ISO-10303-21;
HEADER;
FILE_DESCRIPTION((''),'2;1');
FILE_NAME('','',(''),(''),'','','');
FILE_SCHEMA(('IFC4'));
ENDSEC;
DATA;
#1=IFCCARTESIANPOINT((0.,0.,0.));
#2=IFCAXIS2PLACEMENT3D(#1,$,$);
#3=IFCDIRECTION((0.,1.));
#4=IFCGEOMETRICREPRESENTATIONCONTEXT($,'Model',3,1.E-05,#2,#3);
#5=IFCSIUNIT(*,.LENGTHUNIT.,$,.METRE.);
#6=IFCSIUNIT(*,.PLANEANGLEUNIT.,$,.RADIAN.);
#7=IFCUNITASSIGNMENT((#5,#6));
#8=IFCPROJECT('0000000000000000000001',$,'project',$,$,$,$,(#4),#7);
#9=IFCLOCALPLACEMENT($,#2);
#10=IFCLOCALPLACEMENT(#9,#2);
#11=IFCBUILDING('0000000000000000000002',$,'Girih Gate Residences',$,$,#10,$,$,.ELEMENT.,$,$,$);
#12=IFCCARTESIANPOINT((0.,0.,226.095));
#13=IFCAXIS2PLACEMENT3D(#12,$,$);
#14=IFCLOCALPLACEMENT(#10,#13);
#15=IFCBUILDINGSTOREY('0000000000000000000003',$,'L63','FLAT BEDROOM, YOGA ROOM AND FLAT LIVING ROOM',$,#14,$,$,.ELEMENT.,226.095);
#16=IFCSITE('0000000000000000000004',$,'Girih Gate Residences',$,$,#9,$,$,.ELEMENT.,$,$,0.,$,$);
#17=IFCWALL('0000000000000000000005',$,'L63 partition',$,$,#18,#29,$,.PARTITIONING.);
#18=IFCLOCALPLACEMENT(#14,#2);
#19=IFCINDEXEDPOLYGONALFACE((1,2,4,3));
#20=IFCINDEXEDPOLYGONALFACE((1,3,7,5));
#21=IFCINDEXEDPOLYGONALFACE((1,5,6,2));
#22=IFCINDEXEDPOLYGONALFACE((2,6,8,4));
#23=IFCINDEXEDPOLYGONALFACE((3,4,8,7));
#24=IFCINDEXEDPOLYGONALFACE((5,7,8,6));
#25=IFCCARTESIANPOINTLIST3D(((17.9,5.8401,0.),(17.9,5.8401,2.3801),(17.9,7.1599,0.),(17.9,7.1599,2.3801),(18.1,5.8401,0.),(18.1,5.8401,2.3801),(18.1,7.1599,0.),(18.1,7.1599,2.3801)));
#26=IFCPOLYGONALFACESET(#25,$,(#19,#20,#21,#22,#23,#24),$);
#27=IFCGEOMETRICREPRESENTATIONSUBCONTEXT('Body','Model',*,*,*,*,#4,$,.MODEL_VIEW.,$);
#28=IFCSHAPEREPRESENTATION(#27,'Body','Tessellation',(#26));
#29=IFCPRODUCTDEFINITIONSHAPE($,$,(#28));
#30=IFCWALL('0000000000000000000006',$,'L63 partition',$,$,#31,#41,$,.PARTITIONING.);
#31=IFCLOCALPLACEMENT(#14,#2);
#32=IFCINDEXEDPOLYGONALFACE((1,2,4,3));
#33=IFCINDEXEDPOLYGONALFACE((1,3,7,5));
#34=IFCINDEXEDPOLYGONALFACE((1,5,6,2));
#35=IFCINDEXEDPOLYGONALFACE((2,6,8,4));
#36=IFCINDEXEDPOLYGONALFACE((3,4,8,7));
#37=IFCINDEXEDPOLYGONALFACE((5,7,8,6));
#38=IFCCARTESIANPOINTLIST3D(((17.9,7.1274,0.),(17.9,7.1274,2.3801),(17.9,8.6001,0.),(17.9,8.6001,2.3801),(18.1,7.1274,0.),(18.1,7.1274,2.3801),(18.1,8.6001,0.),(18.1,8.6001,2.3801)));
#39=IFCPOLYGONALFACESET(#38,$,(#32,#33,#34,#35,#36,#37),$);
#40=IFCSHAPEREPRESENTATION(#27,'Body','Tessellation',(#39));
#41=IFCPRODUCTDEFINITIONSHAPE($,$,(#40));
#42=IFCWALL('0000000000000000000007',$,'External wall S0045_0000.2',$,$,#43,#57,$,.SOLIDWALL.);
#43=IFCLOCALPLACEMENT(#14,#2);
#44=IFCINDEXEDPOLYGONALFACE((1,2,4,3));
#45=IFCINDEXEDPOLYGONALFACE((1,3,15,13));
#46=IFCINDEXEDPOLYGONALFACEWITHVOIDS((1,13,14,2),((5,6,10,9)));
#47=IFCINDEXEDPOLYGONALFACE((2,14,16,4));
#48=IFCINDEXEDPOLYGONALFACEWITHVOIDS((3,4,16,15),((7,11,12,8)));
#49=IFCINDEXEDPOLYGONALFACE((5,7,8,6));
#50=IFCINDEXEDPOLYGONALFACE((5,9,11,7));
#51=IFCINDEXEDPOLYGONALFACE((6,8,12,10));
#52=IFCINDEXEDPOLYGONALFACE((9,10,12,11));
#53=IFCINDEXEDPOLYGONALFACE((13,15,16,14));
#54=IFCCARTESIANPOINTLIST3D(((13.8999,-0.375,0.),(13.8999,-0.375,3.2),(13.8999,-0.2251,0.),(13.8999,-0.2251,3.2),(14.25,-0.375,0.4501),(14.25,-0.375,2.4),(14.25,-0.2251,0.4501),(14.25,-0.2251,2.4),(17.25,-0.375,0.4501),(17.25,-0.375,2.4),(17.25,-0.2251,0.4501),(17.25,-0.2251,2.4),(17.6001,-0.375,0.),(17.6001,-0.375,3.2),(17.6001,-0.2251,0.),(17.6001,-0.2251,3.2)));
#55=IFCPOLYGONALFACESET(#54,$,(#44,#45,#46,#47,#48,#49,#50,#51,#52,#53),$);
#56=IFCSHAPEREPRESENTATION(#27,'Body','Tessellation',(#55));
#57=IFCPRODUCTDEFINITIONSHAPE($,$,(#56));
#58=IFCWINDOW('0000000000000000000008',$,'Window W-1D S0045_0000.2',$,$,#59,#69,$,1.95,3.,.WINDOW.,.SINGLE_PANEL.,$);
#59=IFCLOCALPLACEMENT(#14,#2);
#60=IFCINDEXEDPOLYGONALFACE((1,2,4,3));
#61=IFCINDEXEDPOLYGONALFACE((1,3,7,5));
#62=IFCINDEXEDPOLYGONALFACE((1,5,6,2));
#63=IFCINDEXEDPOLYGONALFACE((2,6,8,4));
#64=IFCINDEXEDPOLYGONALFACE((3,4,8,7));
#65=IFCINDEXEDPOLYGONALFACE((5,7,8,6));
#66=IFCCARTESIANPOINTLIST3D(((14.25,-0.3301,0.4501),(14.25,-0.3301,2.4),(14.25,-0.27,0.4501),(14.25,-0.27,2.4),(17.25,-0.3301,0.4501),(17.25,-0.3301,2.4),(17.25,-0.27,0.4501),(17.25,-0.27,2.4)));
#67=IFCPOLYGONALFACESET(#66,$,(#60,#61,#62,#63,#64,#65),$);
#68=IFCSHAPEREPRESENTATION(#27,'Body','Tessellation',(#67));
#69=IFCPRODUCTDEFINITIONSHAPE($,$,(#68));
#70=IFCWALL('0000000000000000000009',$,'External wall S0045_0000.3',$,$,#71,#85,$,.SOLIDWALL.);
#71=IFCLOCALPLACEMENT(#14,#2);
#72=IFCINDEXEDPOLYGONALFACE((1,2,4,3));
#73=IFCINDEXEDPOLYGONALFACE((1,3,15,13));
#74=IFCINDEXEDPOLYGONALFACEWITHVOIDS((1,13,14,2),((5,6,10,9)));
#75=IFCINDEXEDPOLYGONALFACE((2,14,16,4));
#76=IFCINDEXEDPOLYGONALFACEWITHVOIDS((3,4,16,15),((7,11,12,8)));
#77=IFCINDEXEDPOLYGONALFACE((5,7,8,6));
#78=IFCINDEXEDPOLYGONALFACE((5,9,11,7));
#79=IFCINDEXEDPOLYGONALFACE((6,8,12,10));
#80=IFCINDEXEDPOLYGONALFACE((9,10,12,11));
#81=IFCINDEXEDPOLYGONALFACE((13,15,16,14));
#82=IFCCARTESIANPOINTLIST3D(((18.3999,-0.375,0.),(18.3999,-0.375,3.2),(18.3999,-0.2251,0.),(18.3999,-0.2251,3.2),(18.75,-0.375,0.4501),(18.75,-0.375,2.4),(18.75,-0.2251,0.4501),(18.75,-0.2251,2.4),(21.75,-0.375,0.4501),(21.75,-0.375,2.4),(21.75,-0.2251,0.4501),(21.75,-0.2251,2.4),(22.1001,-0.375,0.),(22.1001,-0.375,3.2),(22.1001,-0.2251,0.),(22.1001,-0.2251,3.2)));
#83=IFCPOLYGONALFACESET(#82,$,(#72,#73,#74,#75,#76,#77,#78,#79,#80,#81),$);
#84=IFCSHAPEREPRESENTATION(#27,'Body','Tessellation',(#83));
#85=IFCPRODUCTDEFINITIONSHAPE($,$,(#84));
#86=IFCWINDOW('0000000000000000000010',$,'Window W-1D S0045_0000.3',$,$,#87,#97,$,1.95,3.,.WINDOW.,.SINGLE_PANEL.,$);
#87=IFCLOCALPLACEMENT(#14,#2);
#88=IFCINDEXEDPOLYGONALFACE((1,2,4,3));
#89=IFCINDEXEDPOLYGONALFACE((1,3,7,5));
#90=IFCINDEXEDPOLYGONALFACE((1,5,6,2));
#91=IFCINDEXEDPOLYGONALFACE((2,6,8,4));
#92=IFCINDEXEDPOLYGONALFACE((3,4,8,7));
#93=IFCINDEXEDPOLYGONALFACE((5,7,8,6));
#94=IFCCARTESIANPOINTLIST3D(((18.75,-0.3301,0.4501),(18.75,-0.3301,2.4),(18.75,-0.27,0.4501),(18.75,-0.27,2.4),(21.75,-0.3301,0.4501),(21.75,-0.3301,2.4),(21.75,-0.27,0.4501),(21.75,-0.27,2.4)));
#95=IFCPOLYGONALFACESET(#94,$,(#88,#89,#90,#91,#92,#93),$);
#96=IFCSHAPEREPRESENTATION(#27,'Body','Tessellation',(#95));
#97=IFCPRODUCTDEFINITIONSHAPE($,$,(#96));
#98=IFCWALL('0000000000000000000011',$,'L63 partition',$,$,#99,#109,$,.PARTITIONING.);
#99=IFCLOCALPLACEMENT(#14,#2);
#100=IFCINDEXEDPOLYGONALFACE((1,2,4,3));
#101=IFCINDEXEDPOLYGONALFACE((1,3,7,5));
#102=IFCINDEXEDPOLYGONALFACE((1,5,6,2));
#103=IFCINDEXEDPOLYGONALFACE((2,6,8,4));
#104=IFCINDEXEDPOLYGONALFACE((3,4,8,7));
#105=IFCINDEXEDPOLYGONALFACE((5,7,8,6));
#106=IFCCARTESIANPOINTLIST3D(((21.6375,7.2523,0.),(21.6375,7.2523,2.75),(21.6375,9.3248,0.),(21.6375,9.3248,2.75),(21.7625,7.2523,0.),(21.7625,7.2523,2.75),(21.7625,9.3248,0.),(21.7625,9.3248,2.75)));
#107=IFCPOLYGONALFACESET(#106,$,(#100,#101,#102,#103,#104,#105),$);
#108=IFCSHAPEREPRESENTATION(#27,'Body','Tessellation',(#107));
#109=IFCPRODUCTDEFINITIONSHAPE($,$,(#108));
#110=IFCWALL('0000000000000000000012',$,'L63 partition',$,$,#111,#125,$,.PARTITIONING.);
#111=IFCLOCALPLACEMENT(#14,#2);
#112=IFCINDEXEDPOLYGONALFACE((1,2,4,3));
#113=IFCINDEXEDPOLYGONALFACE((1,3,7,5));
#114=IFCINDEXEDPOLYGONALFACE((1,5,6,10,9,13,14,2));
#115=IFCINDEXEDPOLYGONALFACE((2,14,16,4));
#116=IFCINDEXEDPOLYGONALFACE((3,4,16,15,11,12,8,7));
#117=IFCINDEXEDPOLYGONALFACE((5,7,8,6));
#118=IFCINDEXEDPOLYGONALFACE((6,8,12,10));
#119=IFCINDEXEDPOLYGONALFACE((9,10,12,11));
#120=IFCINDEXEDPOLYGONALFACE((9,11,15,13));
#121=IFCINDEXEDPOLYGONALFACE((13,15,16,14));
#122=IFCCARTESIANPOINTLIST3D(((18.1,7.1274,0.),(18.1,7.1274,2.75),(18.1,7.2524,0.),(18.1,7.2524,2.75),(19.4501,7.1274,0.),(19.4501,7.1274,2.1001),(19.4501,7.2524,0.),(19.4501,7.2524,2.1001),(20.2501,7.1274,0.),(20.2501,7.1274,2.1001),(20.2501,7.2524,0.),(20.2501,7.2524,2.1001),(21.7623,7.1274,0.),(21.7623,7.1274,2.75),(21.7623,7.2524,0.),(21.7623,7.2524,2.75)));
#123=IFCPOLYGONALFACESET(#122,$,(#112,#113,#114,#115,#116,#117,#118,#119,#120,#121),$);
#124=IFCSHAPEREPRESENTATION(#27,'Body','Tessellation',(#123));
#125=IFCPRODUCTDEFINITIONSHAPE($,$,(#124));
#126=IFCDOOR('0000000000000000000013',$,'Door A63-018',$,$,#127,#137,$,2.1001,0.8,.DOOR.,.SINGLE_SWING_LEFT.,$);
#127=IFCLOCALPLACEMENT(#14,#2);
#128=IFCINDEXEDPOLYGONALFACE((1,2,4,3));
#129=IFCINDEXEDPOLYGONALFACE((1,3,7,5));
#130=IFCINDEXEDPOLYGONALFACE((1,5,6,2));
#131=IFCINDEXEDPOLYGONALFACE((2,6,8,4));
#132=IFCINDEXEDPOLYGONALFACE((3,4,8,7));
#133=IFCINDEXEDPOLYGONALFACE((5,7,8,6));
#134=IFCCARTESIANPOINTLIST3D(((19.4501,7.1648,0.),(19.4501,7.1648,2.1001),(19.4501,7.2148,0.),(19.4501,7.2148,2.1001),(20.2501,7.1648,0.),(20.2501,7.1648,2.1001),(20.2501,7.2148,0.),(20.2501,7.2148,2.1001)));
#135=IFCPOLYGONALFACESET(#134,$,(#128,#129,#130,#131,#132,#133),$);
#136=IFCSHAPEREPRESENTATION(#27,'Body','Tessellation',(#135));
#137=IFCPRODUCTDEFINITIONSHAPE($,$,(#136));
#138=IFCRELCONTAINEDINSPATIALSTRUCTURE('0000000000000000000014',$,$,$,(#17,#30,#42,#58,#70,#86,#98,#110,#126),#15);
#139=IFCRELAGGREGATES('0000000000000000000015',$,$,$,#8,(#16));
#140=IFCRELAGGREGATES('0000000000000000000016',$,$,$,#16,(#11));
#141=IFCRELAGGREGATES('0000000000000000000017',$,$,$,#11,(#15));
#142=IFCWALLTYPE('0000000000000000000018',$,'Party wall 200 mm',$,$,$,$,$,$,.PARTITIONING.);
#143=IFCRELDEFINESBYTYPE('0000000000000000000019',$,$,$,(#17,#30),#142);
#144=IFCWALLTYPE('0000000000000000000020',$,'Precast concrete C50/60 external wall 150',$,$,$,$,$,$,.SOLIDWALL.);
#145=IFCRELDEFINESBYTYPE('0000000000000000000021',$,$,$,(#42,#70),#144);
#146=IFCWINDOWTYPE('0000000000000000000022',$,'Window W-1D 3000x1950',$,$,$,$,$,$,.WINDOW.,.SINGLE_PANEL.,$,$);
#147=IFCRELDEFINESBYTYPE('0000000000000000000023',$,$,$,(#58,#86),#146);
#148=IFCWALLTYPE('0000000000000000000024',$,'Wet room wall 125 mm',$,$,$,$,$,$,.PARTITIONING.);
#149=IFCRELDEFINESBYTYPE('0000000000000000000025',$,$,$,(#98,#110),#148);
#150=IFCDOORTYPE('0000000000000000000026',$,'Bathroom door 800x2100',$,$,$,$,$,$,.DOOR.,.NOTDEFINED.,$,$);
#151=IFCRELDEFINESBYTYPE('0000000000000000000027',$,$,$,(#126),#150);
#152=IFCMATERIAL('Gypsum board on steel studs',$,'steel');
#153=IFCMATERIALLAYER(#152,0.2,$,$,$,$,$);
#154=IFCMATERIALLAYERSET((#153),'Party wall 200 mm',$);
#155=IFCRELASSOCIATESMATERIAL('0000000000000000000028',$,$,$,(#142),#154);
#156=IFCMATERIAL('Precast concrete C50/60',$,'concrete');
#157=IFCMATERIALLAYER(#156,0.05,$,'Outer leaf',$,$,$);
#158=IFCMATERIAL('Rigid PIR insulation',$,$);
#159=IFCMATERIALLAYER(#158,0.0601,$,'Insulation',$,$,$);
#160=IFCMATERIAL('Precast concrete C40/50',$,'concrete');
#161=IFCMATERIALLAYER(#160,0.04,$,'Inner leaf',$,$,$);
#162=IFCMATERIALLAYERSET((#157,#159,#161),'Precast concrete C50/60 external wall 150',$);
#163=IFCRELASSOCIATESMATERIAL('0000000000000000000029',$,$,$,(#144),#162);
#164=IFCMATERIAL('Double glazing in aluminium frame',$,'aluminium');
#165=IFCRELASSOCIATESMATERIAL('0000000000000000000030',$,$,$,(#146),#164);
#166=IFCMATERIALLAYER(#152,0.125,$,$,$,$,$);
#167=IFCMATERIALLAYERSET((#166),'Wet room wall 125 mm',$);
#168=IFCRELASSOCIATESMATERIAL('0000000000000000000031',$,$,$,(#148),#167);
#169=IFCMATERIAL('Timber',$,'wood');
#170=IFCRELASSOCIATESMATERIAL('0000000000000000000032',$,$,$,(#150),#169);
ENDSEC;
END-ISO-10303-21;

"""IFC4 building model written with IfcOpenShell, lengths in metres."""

from ifc_helpers import new_model, si_unit, direction, frame, frame_2d, origin, place, context, subcontext, project, spatial, rectangle, extrude, material, layer, layer_set, type_object, element, fill, save


model = new_model("IFC4")

# Units and contexts
model_context = context("Model", 3, precision=1e-05, world=origin(), true_north=direction((0.0, 1.0)))
body_context = subcontext(model_context, "Body", "Model", "MODEL_VIEW")
ifc_project = project(units=[si_unit("LENGTHUNIT", "METRE"), si_unit("PLANEANGLEUNIT", "RADIAN")], contexts=[model_context])

# Site, building, storey
site_placement = place(None, origin())
site = spatial("IfcSite", under=ifc_project, at=site_placement, Name="Girih Gate Residences", CompositionType="ELEMENT", RefElevation=0.0)
building_placement = place(site_placement, origin())
building = spatial("IfcBuilding", under=site, at=building_placement, Name="Girih Gate Residences", CompositionType="ELEMENT")
storey_placement = place(building_placement, frame((0.0, 0.0, 226.095)))
storey = spatial("IfcBuildingStorey", under=building, at=storey_placement, Name="L63", Description="FLAT BEDROOM, YOGA ROOM AND FLAT LIVING ROOM", CompositionType="ELEMENT", Elevation=226.095)

# Shared definitions
ifc_material_1 = material(Name="Gypsum board on steel studs", Category="steel")
ifc_material_2 = material(Name="Timber", Category="wood")

# Walls
ifc_layer_1 = layer(ifc_material_1, 0.2)
ifc_layer_set_1 = layer_set([ifc_layer_1], Name="Party wall 200 mm")
wall_type_1 = type_object("IfcWallType", Name="Party wall 200 mm", PredefinedType="PARTITIONING", material=ifc_layer_set_1)
wall_1_placement = place(storey_placement, frame((18.0, 5.8401, 0.0), z_axis=(0.0, 0.0, 1.0), x_axis=(0.0, 1.0, 0.0)))
element("IfcWall", 1, at=wall_1_placement, inside=storey, type_object=wall_type_1, Name="L63 partition", PredefinedType="PARTITIONING", context=body_context, shape_type="SweptSolid", body=[
    extrude(rectangle(XDim=1.3198, YDim=0.2, at=frame_2d((0.6599, 0.0))), origin(), (0.0, 0.0, 1.0), 2.3801),
])
wall_2_placement = place(storey_placement, frame((18.0, 7.1274, 0.0), z_axis=(0.0, 0.0, 1.0), x_axis=(0.0, 1.0, 0.0)))
element("IfcWall", 2, at=wall_2_placement, inside=storey, type_object=wall_type_1, Name="L63 partition", PredefinedType="PARTITIONING", context=body_context, shape_type="SweptSolid", body=[
    extrude(rectangle(XDim=1.4727, YDim=0.2, at=frame_2d((0.7363, 0.0))), origin(), (0.0, 0.0, 1.0), 2.3801),
])

# Walls, openings, windows
ifc_material_3 = material(Name="Precast concrete C50/60", Category="concrete")
ifc_layer_2 = layer(ifc_material_3, 0.05, Name="Outer leaf")
ifc_material_4 = material(Name="Rigid PIR insulation")
ifc_layer_3 = layer(ifc_material_4, 0.0601, Name="Insulation")
ifc_material_5 = material(Name="Precast concrete C40/50", Category="concrete")
ifc_layer_4 = layer(ifc_material_5, 0.04, Name="Inner leaf")
ifc_layer_set_2 = layer_set([ifc_layer_2, ifc_layer_3, ifc_layer_4], Name="Precast concrete C50/60 external wall 150")
wall_type_2 = type_object("IfcWallType", Name="Precast concrete C50/60 external wall 150", PredefinedType="SOLIDWALL", material=ifc_layer_set_2)
wall_3_placement = place(storey_placement, frame((17.6001, -0.3, 0.0), z_axis=(0.0, 0.0, 1.0), x_axis=(-1.0, 0.0, 0.0)))
wall_3 = element("IfcWall", 3, at=wall_3_placement, inside=storey, type_object=wall_type_2, Name="External wall S0045_0000.2", PredefinedType="SOLIDWALL", context=body_context, shape_type="SweptSolid", body=[
    extrude(rectangle(XDim=3.7002, YDim=0.1499, at=frame_2d((1.8501, 0.0))), origin(), (0.0, 0.0, 1.0), 3.2),
])
opening_1_placement = place(wall_3_placement, frame((0.3501, 0.0, 0.45)))
opening_1 = element("IfcOpeningElement", 4, at=opening_1_placement, cuts=wall_3, PredefinedType="OPENING", context=body_context, shape_type="SweptSolid", body=[
    extrude(rectangle(XDim=3.0, YDim=1.95, at=frame_2d((1.5, 0.9751))), frame((0.0, 0.085, 0.0), z_axis=(0.0, -1.0, 0.0), x_axis=(1.0, 0.0, 0.0)), (0.0, 0.0, 1.0), 0.1699),
])
ifc_material_6 = material(Name="Double glazing in aluminium frame", Category="aluminium")
window_type = type_object("IfcWindowType", Name="Window W-1D 3000x1950", PartitioningType="SINGLE_PANEL", PredefinedType="WINDOW", material=ifc_material_6)
window_1_placement = place(opening_1_placement, origin())
window_1 = element("IfcWindow", 5, at=window_1_placement, inside=storey, type_object=window_type, Name="Window W-1D S0045_0000.2", OverallHeight=1.95, OverallWidth=3.0, PartitioningType="SINGLE_PANEL", PredefinedType="WINDOW", context=body_context, shape_type="SweptSolid", body=[
    extrude(rectangle(XDim=3.0, YDim=1.95, at=frame_2d((1.5, 0.9751))), frame((0.0, 0.03, 0.0), z_axis=(0.0, -1.0, 0.0), x_axis=(1.0, 0.0, 0.0)), (0.0, 0.0, 1.0), 0.0601),
])
fill(opening_1, window_1)
wall_4_placement = place(storey_placement, frame((22.1001, -0.3, 0.0), z_axis=(0.0, 0.0, 1.0), x_axis=(-1.0, 0.0, 0.0)))
wall_4 = element("IfcWall", 6, at=wall_4_placement, inside=storey, type_object=wall_type_2, Name="External wall S0045_0000.3", PredefinedType="SOLIDWALL", context=body_context, shape_type="SweptSolid", body=[
    extrude(rectangle(XDim=3.7002, YDim=0.1499, at=frame_2d((1.8501, 0.0))), origin(), (0.0, 0.0, 1.0), 3.2),
])
opening_2_placement = place(wall_4_placement, frame((0.3501, 0.0, 0.45)))
opening_2 = element("IfcOpeningElement", 7, at=opening_2_placement, cuts=wall_4, PredefinedType="OPENING", context=body_context, shape_type="SweptSolid", body=[
    extrude(rectangle(XDim=3.0, YDim=1.95, at=frame_2d((1.5, 0.9751))), frame((0.0, 0.085, 0.0), z_axis=(0.0, -1.0, 0.0), x_axis=(1.0, 0.0, 0.0)), (0.0, 0.0, 1.0), 0.1699),
])
window_2_placement = place(opening_2_placement, origin())
window_2 = element("IfcWindow", 8, at=window_2_placement, inside=storey, type_object=window_type, Name="Window W-1D S0045_0000.3", OverallHeight=1.95, OverallWidth=3.0, PartitioningType="SINGLE_PANEL", PredefinedType="WINDOW", context=body_context, shape_type="SweptSolid", body=[
    extrude(rectangle(XDim=3.0, YDim=1.95, at=frame_2d((1.5, 0.9751))), frame((0.0, 0.03, 0.0), z_axis=(0.0, -1.0, 0.0), x_axis=(1.0, 0.0, 0.0)), (0.0, 0.0, 1.0), 0.0601),
])
fill(opening_2, window_2)

# Wall
ifc_layer_5 = layer(ifc_material_1, 0.125)
ifc_layer_set_3 = layer_set([ifc_layer_5], Name="Wet room wall 125 mm")
wall_type_3 = type_object("IfcWallType", Name="Wet room wall 125 mm", PredefinedType="PARTITIONING", material=ifc_layer_set_3)
wall_5_placement = place(storey_placement, frame((21.7, 7.2524, 0.0), z_axis=(0.0, 0.0, 1.0), x_axis=(0.0, 1.0, 0.0)))
element("IfcWall", 9, at=wall_5_placement, inside=storey, type_object=wall_type_3, Name="L63 partition", PredefinedType="PARTITIONING", context=body_context, shape_type="SweptSolid", body=[
    extrude(rectangle(XDim=2.0725, YDim=0.125, at=frame_2d((1.0361, 0.0))), origin(), (0.0, 0.0, 1.0), 2.75),
])

# Wall, opening, door
wall_6_placement = place(storey_placement, frame((18.1001, 7.1899, 0.0), z_axis=(0.0, 0.0, 1.0), x_axis=(1.0, 0.0, 0.0)))
wall_6 = element("IfcWall", 10, at=wall_6_placement, inside=storey, type_object=wall_type_3, Name="L63 partition", PredefinedType="PARTITIONING", context=body_context, shape_type="SweptSolid", body=[
    extrude(rectangle(XDim=3.6624, YDim=0.125, at=frame_2d((1.8311, 0.0))), origin(), (0.0, 0.0, 1.0), 2.75),
])
opening_3_placement = place(wall_6_placement, frame((1.3501, 0.0, 0.0)))
opening_3 = element("IfcOpeningElement", 11, at=opening_3_placement, cuts=wall_6, PredefinedType="OPENING", context=body_context, shape_type="SweptSolid", body=[
    extrude(rectangle(XDim=0.8, YDim=2.1001, at=frame_2d((0.3999, 1.05))), frame((0.0, 0.0725, 0.0), z_axis=(0.0, -1.0, 0.0), x_axis=(1.0, 0.0, 0.0)), (0.0, 0.0, 1.0), 0.145),
])
door_type_1 = type_object("IfcDoorType", Name="Bathroom door 800x2100", OperationType="NOTDEFINED", PredefinedType="DOOR", material=ifc_material_2)
door_1_placement = place(opening_3_placement, origin())
door_1 = element("IfcDoor", 12, at=door_1_placement, inside=storey, type_object=door_type_1, Name="Door A63-018", OperationType="SINGLE_SWING_LEFT", OverallHeight=2.1001, OverallWidth=0.8, PredefinedType="DOOR", context=body_context, shape_type="SweptSolid", body=[
    extrude(rectangle(XDim=0.8, YDim=2.1001, at=frame_2d((0.3999, 1.05))), frame((0.0, 0.0249, 0.0), z_axis=(0.0, -1.0, 0.0), x_axis=(1.0, 0.0, 0.0)), (0.0, 0.0, 1.0), 0.05),
])
fill(opening_3, door_1)

save(model, "model.ifc")
